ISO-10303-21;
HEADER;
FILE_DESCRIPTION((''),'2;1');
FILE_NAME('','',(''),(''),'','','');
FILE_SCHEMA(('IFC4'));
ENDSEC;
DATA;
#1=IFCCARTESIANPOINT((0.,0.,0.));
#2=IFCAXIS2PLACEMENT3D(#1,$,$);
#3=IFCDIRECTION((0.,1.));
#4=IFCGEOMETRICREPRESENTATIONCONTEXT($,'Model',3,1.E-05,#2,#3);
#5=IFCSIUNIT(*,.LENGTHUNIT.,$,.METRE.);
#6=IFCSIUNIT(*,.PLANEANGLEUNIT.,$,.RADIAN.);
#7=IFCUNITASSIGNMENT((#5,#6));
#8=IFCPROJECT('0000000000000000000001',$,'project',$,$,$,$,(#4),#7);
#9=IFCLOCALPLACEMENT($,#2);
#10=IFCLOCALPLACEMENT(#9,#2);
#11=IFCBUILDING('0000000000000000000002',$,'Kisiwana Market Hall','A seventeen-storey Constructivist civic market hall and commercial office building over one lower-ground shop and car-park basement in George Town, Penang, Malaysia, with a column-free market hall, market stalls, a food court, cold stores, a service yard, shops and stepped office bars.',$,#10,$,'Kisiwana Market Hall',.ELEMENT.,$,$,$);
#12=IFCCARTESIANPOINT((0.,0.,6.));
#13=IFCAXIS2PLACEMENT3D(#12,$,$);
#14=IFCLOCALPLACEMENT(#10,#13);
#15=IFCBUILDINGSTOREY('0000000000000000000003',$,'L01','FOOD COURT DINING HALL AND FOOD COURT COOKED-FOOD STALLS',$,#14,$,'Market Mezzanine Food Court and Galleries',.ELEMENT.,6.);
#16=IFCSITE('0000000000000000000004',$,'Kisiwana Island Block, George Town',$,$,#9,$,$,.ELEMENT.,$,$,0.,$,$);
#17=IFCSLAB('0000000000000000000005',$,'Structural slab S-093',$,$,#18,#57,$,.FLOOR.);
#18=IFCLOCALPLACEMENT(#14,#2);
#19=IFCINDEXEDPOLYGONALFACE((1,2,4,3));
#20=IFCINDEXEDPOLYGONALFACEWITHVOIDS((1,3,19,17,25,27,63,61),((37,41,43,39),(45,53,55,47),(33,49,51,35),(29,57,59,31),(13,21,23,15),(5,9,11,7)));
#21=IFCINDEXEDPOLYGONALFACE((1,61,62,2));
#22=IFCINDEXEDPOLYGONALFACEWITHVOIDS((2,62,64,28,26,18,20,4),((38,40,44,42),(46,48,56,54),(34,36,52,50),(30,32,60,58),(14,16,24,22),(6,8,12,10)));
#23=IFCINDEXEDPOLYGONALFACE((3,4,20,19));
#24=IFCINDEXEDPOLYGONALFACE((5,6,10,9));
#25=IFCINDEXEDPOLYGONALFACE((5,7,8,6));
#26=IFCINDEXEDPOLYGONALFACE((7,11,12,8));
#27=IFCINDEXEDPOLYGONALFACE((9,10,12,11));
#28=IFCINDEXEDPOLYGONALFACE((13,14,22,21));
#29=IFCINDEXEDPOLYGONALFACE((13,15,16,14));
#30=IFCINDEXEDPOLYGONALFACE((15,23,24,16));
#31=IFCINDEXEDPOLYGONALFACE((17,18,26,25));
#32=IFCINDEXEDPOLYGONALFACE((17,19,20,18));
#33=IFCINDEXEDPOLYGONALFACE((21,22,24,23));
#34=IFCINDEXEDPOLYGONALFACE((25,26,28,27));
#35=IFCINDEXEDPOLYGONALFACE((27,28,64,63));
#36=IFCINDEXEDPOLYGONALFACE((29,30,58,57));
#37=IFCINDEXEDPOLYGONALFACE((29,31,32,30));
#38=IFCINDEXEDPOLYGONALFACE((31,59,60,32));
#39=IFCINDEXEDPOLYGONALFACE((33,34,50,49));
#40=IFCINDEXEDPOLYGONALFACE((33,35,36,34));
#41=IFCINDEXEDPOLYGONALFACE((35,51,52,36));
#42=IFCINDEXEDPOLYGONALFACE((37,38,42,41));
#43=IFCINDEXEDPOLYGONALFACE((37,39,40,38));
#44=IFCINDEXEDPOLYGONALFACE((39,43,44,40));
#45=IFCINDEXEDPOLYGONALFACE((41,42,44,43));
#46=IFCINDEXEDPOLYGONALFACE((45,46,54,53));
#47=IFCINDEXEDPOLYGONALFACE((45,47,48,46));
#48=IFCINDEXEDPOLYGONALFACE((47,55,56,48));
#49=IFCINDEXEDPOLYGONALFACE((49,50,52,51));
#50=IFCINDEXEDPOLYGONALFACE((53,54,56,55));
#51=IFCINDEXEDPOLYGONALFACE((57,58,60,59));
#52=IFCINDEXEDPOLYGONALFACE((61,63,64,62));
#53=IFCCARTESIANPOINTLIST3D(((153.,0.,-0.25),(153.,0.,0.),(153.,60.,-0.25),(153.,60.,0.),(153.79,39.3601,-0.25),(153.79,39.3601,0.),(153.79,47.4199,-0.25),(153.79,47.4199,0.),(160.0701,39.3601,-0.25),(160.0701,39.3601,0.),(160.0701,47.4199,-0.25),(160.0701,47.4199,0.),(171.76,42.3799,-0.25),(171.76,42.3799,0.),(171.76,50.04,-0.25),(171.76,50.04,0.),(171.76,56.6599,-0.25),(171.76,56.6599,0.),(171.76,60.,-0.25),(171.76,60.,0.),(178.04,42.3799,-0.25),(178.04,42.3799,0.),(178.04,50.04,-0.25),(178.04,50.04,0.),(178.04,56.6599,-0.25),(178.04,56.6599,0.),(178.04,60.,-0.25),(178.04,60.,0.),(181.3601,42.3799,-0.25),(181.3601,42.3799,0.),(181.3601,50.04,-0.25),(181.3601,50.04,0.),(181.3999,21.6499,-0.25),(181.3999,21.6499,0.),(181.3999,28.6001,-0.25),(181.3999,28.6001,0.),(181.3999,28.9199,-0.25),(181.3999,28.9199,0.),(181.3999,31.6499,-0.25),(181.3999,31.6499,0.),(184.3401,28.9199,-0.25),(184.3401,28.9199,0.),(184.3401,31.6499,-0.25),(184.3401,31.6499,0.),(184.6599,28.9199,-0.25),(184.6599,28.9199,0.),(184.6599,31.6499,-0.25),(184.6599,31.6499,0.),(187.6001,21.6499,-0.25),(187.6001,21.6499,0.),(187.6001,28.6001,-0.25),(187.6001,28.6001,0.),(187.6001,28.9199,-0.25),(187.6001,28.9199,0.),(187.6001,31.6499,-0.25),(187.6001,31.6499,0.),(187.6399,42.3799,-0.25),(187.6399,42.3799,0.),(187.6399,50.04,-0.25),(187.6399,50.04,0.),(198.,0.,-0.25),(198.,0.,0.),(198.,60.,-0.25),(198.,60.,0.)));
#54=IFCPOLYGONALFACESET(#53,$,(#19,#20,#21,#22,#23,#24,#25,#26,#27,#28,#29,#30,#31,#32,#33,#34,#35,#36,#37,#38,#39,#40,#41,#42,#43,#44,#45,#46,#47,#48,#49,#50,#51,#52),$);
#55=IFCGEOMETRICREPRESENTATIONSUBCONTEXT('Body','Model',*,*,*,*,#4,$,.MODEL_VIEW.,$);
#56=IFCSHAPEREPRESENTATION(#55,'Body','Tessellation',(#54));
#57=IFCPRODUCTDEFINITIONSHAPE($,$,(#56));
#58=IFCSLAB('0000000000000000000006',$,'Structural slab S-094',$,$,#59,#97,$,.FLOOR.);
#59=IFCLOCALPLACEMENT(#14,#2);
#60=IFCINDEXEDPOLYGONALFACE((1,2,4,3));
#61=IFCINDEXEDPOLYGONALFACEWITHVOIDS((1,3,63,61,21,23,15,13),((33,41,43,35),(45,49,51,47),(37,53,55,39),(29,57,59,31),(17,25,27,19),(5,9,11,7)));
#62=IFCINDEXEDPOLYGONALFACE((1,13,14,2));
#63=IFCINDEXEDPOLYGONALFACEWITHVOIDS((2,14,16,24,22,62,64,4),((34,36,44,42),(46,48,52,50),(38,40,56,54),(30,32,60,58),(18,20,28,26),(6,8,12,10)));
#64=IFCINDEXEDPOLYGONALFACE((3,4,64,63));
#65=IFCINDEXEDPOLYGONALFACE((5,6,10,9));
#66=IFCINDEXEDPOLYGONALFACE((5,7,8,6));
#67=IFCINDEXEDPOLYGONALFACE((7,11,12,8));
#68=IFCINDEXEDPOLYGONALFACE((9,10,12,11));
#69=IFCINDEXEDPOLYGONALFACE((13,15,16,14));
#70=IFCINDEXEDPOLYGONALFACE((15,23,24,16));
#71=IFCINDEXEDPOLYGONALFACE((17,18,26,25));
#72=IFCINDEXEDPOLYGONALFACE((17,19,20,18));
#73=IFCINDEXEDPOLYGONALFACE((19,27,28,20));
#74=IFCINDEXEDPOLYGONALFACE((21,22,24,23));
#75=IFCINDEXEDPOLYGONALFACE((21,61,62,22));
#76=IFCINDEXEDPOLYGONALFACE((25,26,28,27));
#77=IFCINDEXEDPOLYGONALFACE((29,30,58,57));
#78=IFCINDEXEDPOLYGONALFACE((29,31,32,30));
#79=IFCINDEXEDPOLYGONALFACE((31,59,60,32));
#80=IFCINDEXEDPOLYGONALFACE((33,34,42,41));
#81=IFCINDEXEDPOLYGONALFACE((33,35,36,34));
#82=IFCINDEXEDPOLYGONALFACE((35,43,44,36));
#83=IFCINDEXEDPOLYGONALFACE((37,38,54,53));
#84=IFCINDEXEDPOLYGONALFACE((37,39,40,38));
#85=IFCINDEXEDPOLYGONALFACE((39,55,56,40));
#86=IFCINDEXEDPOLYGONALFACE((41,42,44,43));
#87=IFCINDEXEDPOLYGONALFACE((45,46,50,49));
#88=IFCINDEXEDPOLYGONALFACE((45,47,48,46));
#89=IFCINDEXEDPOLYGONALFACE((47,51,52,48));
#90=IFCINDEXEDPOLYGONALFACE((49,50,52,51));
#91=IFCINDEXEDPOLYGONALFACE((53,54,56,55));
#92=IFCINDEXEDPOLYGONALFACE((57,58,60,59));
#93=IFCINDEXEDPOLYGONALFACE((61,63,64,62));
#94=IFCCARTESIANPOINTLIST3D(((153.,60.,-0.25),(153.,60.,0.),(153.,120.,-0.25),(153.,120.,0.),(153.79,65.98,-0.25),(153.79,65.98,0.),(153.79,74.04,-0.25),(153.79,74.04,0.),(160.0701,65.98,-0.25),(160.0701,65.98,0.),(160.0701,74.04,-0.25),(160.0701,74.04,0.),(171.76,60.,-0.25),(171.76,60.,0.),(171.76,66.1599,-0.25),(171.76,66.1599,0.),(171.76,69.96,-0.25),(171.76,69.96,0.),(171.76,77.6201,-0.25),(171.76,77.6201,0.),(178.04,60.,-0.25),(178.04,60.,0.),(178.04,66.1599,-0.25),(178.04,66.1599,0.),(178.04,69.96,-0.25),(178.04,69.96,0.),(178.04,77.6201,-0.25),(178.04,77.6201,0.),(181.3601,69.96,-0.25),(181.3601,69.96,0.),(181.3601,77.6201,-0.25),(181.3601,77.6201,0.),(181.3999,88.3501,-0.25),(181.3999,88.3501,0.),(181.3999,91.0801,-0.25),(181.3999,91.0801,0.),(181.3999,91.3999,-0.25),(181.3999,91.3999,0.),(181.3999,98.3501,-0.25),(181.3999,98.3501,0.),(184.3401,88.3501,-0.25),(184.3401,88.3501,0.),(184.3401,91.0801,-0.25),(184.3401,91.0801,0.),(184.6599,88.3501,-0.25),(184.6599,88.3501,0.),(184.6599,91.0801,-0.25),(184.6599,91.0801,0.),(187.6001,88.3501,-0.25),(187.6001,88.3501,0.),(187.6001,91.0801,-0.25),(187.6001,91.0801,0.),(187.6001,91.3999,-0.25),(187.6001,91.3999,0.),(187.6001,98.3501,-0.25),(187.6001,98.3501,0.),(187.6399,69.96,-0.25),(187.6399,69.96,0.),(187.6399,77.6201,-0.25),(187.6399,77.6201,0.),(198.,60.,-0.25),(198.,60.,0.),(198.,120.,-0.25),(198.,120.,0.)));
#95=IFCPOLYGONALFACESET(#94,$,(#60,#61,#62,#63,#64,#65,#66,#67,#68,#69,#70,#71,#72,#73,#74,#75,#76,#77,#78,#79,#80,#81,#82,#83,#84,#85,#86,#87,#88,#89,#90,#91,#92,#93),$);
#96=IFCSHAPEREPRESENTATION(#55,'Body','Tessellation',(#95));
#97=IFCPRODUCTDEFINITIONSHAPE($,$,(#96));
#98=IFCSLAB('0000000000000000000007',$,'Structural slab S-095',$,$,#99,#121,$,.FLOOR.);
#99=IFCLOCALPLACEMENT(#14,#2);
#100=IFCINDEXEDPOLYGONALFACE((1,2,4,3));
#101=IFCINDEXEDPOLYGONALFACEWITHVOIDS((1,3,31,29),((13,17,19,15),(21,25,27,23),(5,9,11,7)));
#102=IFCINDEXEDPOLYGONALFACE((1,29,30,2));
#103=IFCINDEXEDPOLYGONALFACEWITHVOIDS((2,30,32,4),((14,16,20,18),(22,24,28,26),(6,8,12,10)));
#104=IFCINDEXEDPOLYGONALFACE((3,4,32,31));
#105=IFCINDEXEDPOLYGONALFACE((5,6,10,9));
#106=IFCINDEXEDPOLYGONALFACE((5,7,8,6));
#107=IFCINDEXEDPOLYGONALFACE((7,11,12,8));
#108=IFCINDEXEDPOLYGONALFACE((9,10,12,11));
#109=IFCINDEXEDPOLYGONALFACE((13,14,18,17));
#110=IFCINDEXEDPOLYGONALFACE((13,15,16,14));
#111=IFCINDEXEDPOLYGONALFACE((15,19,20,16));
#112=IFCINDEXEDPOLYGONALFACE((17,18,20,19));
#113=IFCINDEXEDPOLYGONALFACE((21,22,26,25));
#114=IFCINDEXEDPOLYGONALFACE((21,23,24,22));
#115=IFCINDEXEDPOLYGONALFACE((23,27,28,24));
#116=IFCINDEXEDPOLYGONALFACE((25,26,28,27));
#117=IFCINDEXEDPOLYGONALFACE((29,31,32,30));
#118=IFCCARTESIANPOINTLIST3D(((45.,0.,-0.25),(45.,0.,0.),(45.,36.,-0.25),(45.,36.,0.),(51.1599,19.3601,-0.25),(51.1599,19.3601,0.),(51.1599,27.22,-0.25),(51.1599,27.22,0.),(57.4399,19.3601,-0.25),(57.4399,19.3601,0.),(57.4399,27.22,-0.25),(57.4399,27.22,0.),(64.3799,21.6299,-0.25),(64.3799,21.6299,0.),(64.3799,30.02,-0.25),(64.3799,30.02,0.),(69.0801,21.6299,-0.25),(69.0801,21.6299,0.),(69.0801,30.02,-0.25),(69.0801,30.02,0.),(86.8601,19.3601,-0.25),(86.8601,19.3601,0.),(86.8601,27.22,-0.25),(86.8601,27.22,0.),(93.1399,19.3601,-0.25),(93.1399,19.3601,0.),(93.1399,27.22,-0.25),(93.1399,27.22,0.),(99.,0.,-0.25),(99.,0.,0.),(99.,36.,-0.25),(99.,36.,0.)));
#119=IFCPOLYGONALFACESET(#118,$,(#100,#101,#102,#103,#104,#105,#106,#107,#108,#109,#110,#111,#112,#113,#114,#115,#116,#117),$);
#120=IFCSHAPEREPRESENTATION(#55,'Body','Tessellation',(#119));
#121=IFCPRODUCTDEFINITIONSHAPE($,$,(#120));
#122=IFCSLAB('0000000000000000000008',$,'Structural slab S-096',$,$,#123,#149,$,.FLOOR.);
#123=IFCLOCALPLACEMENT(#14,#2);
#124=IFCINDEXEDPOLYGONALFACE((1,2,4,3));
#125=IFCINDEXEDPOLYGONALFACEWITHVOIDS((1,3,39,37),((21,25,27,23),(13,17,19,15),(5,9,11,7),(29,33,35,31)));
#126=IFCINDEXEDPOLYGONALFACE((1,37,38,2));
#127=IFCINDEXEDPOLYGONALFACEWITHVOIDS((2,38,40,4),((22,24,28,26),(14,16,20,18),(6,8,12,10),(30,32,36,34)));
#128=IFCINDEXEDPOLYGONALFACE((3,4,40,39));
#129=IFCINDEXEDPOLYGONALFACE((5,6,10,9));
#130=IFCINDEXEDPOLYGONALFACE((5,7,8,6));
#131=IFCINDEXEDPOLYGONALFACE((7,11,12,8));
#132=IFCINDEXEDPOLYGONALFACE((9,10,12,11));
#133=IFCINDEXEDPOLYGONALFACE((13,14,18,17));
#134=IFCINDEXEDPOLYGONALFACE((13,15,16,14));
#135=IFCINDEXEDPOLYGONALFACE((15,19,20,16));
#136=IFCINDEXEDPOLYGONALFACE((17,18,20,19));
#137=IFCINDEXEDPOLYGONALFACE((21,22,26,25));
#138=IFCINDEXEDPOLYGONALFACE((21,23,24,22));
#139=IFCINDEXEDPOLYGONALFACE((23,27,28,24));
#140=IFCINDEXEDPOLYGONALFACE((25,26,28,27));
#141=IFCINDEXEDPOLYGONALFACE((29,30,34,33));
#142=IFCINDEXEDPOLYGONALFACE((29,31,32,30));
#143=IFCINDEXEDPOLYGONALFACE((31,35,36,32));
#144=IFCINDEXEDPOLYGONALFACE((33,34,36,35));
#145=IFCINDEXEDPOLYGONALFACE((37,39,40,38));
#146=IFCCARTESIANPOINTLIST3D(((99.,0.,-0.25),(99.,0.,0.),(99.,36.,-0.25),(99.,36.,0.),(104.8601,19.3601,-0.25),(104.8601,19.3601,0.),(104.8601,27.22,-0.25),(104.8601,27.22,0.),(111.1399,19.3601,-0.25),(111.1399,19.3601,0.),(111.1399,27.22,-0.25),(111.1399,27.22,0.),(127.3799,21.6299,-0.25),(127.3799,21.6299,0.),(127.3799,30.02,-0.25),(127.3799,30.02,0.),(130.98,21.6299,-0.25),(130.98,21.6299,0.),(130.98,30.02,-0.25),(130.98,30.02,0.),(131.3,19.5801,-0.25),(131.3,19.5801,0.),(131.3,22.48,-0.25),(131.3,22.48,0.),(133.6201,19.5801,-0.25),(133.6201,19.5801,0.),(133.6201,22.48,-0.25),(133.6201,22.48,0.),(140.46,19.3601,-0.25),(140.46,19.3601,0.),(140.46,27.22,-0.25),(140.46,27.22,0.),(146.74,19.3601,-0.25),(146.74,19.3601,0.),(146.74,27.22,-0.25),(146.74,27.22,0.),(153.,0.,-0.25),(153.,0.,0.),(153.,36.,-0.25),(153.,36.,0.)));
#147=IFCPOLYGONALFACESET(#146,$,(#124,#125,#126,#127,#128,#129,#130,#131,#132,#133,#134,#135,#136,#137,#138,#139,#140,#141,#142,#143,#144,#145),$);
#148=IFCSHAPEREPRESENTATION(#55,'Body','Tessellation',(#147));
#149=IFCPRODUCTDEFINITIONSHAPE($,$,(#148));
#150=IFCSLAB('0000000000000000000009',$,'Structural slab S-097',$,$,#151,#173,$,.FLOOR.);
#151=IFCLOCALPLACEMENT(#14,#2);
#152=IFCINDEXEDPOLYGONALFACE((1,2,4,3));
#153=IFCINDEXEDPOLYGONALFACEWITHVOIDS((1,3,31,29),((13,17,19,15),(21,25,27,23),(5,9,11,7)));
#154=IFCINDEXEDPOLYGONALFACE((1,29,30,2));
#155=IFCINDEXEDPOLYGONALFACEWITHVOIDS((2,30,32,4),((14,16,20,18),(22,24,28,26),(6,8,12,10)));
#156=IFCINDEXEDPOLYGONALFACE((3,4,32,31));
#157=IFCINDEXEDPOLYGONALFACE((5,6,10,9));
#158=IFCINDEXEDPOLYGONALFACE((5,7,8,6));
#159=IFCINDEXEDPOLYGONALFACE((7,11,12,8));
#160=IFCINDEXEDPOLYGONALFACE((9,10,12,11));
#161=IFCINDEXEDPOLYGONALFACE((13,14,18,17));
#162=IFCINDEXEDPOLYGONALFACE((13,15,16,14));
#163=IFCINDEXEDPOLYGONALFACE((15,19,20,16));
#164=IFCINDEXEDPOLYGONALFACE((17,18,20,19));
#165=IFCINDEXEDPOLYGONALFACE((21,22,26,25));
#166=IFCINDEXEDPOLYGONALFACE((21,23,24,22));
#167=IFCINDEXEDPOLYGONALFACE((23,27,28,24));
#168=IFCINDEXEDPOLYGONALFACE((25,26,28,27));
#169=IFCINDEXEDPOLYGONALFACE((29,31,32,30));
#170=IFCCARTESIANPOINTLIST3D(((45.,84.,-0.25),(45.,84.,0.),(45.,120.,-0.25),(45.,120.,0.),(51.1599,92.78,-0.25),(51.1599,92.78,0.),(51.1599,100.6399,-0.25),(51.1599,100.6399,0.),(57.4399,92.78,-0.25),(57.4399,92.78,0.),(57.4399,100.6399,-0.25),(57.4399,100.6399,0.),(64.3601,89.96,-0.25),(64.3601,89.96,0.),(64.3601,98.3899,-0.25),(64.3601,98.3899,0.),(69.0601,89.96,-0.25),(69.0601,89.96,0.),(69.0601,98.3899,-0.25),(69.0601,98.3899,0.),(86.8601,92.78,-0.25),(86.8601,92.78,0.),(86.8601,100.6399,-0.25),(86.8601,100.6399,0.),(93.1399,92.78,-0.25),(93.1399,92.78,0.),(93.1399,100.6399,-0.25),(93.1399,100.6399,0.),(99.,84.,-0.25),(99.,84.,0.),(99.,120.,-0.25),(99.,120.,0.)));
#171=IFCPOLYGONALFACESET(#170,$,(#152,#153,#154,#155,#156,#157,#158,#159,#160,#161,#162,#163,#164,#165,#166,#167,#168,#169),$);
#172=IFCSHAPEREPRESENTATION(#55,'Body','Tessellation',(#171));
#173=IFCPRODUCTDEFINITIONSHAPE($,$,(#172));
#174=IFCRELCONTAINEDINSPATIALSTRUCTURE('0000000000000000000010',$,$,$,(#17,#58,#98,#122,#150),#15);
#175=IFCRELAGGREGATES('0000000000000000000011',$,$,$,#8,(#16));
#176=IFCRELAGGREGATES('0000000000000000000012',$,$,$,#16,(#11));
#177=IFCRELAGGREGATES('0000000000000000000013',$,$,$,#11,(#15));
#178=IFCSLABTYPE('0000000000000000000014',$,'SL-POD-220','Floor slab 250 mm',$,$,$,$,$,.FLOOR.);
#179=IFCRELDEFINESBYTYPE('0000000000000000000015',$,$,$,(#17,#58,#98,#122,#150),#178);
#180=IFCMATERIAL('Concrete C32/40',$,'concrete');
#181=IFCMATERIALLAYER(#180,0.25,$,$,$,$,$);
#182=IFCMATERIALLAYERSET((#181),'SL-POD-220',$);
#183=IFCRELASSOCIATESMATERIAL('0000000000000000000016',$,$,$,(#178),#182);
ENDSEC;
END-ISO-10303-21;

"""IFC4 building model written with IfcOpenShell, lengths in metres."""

from ifc_helpers import new_model, si_unit, direction, frame, origin, place, context, subcontext, project, spatial, polyline, outline, extrude, material, layer, layer_set, type_object, element, save


model = new_model("IFC4")

# Units and contexts
model_context = context("Model", 3, precision=1e-05, world=origin(), true_north=direction((0.0, 1.0)))
body_context = subcontext(model_context, "Body", "Model", "MODEL_VIEW")
ifc_project = project(units=[si_unit("LENGTHUNIT", "METRE"), si_unit("PLANEANGLEUNIT", "RADIAN")], contexts=[model_context])

# Site, building, storey
site_placement = place(None, origin())
site = spatial("IfcSite", under=ifc_project, at=site_placement, Name="Kisiwana Island Block, George Town", CompositionType="ELEMENT", RefElevation=0.0)
building_placement = place(site_placement, origin())
building = spatial("IfcBuilding", under=site, at=building_placement, Name="Kisiwana Market Hall", Description="A seventeen-storey Constructivist civic market hall and commercial office building over one lower-ground shop and car-park basement in George Town, Penang, Malaysia, with a column-free market hall, market stalls, a food court, cold stores, a service yard, shops and stepped office bars.", LongName="Kisiwana Market Hall", CompositionType="ELEMENT")
storey_placement = place(building_placement, frame((0.0, 0.0, 6.0)))
storey = spatial("IfcBuildingStorey", under=building, at=storey_placement, Name="L01", Description="FOOD COURT DINING HALL AND FOOD COURT COOKED-FOOD STALLS", LongName="Market Mezzanine Food Court and Galleries", CompositionType="ELEMENT", Elevation=6.0)

# Slabs
ifc_material_1 = material(Name="Concrete C32/40", Category="concrete")
ifc_layer_1 = layer(ifc_material_1, 0.25)
ifc_layer_set_1 = layer_set([ifc_layer_1], Name="SL-POD-220")
slab_type_1 = type_object("IfcSlabType", Name="SL-POD-220", Description="Floor slab 250 mm", PredefinedType="FLOOR", material=ifc_layer_set_1)
slab_1_placement = place(storey_placement, frame((0.0, 0.0, -0.25)))
element("IfcSlab", 1, at=slab_1_placement, inside=storey, type_object=slab_type_1, Name="Structural slab S-093", PredefinedType="FLOOR", context=body_context, shape_type="SweptSolid", body=[
    extrude(outline(polyline([(153.0, 0.0), (198.0, 0.0), (198.0, 60.0), (178.04, 60.0), (178.04, 56.6599), (171.76, 56.6599), (171.76, 60.0), (153.0, 60.0), (153.0, 0.0)]), holes=[polyline([(181.3999, 21.6499), (187.6001, 21.6499), (187.6001, 28.6001), (181.3999, 28.6001), (181.3999, 21.6499)]), polyline([(181.3999, 28.9199), (184.3401, 28.9199), (184.3401, 31.6499), (181.3999, 31.6499), (181.3999, 28.9199)]), polyline([(184.6599, 28.9199), (187.6001, 28.9199), (187.6001, 31.6499), (184.6599, 31.6499), (184.6599, 28.9199)]), polyline([(181.3601, 42.3799), (187.6399, 42.3799), (187.6399, 50.04), (181.3601, 50.04), (181.3601, 42.3799)]), polyline([(171.76, 42.3799), (178.04, 42.3799), (178.04, 50.04), (171.76, 50.04), (171.76, 42.3799)]), polyline([(153.79, 39.3601), (160.0701, 39.3601), (160.0701, 47.4199), (153.79, 47.4199), (153.79, 39.3601)])]), origin(), (0.0, 0.0, 1.0), 0.25),
])
slab_2_placement = place(storey_placement, frame((0.0, 0.0, -0.25)))
element("IfcSlab", 2, at=slab_2_placement, inside=storey, type_object=slab_type_1, Name="Structural slab S-094", PredefinedType="FLOOR", context=body_context, shape_type="SweptSolid", body=[
    extrude(outline(polyline([(153.0, 60.0), (171.76, 60.0), (171.76, 66.1599), (178.04, 66.1599), (178.04, 60.0), (198.0, 60.0), (198.0, 120.0), (153.0, 120.0), (153.0, 60.0)]), holes=[polyline([(181.3999, 91.3999), (187.6001, 91.3999), (187.6001, 98.3501), (181.3999, 98.3501), (181.3999, 91.3999)]), polyline([(181.3999, 88.3501), (184.3401, 88.3501), (184.3401, 91.0801), (181.3999, 91.0801), (181.3999, 88.3501)]), polyline([(184.6599, 88.3501), (187.6001, 88.3501), (187.6001, 91.0801), (184.6599, 91.0801), (184.6599, 88.3501)]), polyline([(181.3601, 69.96), (187.6399, 69.96), (187.6399, 77.6201), (181.3601, 77.6201), (181.3601, 69.96)]), polyline([(171.76, 69.96), (178.04, 69.96), (178.04, 77.6201), (171.76, 77.6201), (171.76, 69.96)]), polyline([(153.79, 65.98), (160.0701, 65.98), (160.0701, 74.04), (153.79, 74.04), (153.79, 65.98)])]), origin(), (0.0, 0.0, 1.0), 0.25),
])
slab_3_placement = place(storey_placement, frame((0.0, 0.0, -0.25)))
element("IfcSlab", 3, at=slab_3_placement, inside=storey, type_object=slab_type_1, Name="Structural slab S-095", PredefinedType="FLOOR", context=body_context, shape_type="SweptSolid", body=[
    extrude(outline(polyline([(45.0, 0.0), (99.0, 0.0), (99.0, 36.0), (45.0, 36.0), (45.0, 0.0)]), holes=[polyline([(64.3799, 21.6299), (69.0801, 21.6299), (69.0801, 30.02), (64.3799, 30.02), (64.3799, 21.6299)]), polyline([(51.1599, 19.3601), (57.4399, 19.3601), (57.4399, 27.22), (51.1599, 27.22), (51.1599, 19.3601)]), polyline([(86.8601, 19.3601), (93.1399, 19.3601), (93.1399, 27.22), (86.8601, 27.22), (86.8601, 19.3601)])]), origin(), (0.0, 0.0, 1.0), 0.25),
])
slab_4_placement = place(storey_placement, frame((0.0, 0.0, -0.25)))
element("IfcSlab", 4, at=slab_4_placement, inside=storey, type_object=slab_type_1, Name="Structural slab S-096", PredefinedType="FLOOR", context=body_context, shape_type="SweptSolid", body=[
    extrude(outline(polyline([(99.0, 0.0), (153.0, 0.0), (153.0, 36.0), (99.0, 36.0), (99.0, 0.0)]), holes=[polyline([(127.3799, 21.6299), (130.98, 21.6299), (130.98, 30.02), (127.3799, 30.02), (127.3799, 21.6299)]), polyline([(131.3, 19.5801), (133.6201, 19.5801), (133.6201, 22.48), (131.3, 22.48), (131.3, 19.5801)]), polyline([(104.8601, 19.3601), (111.1399, 19.3601), (111.1399, 27.22), (104.8601, 27.22), (104.8601, 19.3601)]), polyline([(140.46, 19.3601), (146.74, 19.3601), (146.74, 27.22), (140.46, 27.22), (140.46, 19.3601)])]), origin(), (0.0, 0.0, 1.0), 0.25),
])
slab_5_placement = place(storey_placement, frame((0.0, 0.0, -0.25)))
element("IfcSlab", 5, at=slab_5_placement, inside=storey, type_object=slab_type_1, Name="Structural slab S-097", PredefinedType="FLOOR", context=body_context, shape_type="SweptSolid", body=[
    extrude(outline(polyline([(45.0, 84.0), (99.0, 84.0), (99.0, 120.0), (45.0, 120.0), (45.0, 84.0)]), holes=[polyline([(64.3601, 89.96), (69.0601, 89.96), (69.0601, 98.3899), (64.3601, 98.3899), (64.3601, 89.96)]), polyline([(51.1599, 92.78), (57.4399, 92.78), (57.4399, 100.6399), (51.1599, 100.6399), (51.1599, 92.78)]), polyline([(86.8601, 92.78), (93.1399, 92.78), (93.1399, 100.6399), (86.8601, 100.6399), (86.8601, 92.78)])]), origin(), (0.0, 0.0, 1.0), 0.25),
])

save(model, "model.ifc")
